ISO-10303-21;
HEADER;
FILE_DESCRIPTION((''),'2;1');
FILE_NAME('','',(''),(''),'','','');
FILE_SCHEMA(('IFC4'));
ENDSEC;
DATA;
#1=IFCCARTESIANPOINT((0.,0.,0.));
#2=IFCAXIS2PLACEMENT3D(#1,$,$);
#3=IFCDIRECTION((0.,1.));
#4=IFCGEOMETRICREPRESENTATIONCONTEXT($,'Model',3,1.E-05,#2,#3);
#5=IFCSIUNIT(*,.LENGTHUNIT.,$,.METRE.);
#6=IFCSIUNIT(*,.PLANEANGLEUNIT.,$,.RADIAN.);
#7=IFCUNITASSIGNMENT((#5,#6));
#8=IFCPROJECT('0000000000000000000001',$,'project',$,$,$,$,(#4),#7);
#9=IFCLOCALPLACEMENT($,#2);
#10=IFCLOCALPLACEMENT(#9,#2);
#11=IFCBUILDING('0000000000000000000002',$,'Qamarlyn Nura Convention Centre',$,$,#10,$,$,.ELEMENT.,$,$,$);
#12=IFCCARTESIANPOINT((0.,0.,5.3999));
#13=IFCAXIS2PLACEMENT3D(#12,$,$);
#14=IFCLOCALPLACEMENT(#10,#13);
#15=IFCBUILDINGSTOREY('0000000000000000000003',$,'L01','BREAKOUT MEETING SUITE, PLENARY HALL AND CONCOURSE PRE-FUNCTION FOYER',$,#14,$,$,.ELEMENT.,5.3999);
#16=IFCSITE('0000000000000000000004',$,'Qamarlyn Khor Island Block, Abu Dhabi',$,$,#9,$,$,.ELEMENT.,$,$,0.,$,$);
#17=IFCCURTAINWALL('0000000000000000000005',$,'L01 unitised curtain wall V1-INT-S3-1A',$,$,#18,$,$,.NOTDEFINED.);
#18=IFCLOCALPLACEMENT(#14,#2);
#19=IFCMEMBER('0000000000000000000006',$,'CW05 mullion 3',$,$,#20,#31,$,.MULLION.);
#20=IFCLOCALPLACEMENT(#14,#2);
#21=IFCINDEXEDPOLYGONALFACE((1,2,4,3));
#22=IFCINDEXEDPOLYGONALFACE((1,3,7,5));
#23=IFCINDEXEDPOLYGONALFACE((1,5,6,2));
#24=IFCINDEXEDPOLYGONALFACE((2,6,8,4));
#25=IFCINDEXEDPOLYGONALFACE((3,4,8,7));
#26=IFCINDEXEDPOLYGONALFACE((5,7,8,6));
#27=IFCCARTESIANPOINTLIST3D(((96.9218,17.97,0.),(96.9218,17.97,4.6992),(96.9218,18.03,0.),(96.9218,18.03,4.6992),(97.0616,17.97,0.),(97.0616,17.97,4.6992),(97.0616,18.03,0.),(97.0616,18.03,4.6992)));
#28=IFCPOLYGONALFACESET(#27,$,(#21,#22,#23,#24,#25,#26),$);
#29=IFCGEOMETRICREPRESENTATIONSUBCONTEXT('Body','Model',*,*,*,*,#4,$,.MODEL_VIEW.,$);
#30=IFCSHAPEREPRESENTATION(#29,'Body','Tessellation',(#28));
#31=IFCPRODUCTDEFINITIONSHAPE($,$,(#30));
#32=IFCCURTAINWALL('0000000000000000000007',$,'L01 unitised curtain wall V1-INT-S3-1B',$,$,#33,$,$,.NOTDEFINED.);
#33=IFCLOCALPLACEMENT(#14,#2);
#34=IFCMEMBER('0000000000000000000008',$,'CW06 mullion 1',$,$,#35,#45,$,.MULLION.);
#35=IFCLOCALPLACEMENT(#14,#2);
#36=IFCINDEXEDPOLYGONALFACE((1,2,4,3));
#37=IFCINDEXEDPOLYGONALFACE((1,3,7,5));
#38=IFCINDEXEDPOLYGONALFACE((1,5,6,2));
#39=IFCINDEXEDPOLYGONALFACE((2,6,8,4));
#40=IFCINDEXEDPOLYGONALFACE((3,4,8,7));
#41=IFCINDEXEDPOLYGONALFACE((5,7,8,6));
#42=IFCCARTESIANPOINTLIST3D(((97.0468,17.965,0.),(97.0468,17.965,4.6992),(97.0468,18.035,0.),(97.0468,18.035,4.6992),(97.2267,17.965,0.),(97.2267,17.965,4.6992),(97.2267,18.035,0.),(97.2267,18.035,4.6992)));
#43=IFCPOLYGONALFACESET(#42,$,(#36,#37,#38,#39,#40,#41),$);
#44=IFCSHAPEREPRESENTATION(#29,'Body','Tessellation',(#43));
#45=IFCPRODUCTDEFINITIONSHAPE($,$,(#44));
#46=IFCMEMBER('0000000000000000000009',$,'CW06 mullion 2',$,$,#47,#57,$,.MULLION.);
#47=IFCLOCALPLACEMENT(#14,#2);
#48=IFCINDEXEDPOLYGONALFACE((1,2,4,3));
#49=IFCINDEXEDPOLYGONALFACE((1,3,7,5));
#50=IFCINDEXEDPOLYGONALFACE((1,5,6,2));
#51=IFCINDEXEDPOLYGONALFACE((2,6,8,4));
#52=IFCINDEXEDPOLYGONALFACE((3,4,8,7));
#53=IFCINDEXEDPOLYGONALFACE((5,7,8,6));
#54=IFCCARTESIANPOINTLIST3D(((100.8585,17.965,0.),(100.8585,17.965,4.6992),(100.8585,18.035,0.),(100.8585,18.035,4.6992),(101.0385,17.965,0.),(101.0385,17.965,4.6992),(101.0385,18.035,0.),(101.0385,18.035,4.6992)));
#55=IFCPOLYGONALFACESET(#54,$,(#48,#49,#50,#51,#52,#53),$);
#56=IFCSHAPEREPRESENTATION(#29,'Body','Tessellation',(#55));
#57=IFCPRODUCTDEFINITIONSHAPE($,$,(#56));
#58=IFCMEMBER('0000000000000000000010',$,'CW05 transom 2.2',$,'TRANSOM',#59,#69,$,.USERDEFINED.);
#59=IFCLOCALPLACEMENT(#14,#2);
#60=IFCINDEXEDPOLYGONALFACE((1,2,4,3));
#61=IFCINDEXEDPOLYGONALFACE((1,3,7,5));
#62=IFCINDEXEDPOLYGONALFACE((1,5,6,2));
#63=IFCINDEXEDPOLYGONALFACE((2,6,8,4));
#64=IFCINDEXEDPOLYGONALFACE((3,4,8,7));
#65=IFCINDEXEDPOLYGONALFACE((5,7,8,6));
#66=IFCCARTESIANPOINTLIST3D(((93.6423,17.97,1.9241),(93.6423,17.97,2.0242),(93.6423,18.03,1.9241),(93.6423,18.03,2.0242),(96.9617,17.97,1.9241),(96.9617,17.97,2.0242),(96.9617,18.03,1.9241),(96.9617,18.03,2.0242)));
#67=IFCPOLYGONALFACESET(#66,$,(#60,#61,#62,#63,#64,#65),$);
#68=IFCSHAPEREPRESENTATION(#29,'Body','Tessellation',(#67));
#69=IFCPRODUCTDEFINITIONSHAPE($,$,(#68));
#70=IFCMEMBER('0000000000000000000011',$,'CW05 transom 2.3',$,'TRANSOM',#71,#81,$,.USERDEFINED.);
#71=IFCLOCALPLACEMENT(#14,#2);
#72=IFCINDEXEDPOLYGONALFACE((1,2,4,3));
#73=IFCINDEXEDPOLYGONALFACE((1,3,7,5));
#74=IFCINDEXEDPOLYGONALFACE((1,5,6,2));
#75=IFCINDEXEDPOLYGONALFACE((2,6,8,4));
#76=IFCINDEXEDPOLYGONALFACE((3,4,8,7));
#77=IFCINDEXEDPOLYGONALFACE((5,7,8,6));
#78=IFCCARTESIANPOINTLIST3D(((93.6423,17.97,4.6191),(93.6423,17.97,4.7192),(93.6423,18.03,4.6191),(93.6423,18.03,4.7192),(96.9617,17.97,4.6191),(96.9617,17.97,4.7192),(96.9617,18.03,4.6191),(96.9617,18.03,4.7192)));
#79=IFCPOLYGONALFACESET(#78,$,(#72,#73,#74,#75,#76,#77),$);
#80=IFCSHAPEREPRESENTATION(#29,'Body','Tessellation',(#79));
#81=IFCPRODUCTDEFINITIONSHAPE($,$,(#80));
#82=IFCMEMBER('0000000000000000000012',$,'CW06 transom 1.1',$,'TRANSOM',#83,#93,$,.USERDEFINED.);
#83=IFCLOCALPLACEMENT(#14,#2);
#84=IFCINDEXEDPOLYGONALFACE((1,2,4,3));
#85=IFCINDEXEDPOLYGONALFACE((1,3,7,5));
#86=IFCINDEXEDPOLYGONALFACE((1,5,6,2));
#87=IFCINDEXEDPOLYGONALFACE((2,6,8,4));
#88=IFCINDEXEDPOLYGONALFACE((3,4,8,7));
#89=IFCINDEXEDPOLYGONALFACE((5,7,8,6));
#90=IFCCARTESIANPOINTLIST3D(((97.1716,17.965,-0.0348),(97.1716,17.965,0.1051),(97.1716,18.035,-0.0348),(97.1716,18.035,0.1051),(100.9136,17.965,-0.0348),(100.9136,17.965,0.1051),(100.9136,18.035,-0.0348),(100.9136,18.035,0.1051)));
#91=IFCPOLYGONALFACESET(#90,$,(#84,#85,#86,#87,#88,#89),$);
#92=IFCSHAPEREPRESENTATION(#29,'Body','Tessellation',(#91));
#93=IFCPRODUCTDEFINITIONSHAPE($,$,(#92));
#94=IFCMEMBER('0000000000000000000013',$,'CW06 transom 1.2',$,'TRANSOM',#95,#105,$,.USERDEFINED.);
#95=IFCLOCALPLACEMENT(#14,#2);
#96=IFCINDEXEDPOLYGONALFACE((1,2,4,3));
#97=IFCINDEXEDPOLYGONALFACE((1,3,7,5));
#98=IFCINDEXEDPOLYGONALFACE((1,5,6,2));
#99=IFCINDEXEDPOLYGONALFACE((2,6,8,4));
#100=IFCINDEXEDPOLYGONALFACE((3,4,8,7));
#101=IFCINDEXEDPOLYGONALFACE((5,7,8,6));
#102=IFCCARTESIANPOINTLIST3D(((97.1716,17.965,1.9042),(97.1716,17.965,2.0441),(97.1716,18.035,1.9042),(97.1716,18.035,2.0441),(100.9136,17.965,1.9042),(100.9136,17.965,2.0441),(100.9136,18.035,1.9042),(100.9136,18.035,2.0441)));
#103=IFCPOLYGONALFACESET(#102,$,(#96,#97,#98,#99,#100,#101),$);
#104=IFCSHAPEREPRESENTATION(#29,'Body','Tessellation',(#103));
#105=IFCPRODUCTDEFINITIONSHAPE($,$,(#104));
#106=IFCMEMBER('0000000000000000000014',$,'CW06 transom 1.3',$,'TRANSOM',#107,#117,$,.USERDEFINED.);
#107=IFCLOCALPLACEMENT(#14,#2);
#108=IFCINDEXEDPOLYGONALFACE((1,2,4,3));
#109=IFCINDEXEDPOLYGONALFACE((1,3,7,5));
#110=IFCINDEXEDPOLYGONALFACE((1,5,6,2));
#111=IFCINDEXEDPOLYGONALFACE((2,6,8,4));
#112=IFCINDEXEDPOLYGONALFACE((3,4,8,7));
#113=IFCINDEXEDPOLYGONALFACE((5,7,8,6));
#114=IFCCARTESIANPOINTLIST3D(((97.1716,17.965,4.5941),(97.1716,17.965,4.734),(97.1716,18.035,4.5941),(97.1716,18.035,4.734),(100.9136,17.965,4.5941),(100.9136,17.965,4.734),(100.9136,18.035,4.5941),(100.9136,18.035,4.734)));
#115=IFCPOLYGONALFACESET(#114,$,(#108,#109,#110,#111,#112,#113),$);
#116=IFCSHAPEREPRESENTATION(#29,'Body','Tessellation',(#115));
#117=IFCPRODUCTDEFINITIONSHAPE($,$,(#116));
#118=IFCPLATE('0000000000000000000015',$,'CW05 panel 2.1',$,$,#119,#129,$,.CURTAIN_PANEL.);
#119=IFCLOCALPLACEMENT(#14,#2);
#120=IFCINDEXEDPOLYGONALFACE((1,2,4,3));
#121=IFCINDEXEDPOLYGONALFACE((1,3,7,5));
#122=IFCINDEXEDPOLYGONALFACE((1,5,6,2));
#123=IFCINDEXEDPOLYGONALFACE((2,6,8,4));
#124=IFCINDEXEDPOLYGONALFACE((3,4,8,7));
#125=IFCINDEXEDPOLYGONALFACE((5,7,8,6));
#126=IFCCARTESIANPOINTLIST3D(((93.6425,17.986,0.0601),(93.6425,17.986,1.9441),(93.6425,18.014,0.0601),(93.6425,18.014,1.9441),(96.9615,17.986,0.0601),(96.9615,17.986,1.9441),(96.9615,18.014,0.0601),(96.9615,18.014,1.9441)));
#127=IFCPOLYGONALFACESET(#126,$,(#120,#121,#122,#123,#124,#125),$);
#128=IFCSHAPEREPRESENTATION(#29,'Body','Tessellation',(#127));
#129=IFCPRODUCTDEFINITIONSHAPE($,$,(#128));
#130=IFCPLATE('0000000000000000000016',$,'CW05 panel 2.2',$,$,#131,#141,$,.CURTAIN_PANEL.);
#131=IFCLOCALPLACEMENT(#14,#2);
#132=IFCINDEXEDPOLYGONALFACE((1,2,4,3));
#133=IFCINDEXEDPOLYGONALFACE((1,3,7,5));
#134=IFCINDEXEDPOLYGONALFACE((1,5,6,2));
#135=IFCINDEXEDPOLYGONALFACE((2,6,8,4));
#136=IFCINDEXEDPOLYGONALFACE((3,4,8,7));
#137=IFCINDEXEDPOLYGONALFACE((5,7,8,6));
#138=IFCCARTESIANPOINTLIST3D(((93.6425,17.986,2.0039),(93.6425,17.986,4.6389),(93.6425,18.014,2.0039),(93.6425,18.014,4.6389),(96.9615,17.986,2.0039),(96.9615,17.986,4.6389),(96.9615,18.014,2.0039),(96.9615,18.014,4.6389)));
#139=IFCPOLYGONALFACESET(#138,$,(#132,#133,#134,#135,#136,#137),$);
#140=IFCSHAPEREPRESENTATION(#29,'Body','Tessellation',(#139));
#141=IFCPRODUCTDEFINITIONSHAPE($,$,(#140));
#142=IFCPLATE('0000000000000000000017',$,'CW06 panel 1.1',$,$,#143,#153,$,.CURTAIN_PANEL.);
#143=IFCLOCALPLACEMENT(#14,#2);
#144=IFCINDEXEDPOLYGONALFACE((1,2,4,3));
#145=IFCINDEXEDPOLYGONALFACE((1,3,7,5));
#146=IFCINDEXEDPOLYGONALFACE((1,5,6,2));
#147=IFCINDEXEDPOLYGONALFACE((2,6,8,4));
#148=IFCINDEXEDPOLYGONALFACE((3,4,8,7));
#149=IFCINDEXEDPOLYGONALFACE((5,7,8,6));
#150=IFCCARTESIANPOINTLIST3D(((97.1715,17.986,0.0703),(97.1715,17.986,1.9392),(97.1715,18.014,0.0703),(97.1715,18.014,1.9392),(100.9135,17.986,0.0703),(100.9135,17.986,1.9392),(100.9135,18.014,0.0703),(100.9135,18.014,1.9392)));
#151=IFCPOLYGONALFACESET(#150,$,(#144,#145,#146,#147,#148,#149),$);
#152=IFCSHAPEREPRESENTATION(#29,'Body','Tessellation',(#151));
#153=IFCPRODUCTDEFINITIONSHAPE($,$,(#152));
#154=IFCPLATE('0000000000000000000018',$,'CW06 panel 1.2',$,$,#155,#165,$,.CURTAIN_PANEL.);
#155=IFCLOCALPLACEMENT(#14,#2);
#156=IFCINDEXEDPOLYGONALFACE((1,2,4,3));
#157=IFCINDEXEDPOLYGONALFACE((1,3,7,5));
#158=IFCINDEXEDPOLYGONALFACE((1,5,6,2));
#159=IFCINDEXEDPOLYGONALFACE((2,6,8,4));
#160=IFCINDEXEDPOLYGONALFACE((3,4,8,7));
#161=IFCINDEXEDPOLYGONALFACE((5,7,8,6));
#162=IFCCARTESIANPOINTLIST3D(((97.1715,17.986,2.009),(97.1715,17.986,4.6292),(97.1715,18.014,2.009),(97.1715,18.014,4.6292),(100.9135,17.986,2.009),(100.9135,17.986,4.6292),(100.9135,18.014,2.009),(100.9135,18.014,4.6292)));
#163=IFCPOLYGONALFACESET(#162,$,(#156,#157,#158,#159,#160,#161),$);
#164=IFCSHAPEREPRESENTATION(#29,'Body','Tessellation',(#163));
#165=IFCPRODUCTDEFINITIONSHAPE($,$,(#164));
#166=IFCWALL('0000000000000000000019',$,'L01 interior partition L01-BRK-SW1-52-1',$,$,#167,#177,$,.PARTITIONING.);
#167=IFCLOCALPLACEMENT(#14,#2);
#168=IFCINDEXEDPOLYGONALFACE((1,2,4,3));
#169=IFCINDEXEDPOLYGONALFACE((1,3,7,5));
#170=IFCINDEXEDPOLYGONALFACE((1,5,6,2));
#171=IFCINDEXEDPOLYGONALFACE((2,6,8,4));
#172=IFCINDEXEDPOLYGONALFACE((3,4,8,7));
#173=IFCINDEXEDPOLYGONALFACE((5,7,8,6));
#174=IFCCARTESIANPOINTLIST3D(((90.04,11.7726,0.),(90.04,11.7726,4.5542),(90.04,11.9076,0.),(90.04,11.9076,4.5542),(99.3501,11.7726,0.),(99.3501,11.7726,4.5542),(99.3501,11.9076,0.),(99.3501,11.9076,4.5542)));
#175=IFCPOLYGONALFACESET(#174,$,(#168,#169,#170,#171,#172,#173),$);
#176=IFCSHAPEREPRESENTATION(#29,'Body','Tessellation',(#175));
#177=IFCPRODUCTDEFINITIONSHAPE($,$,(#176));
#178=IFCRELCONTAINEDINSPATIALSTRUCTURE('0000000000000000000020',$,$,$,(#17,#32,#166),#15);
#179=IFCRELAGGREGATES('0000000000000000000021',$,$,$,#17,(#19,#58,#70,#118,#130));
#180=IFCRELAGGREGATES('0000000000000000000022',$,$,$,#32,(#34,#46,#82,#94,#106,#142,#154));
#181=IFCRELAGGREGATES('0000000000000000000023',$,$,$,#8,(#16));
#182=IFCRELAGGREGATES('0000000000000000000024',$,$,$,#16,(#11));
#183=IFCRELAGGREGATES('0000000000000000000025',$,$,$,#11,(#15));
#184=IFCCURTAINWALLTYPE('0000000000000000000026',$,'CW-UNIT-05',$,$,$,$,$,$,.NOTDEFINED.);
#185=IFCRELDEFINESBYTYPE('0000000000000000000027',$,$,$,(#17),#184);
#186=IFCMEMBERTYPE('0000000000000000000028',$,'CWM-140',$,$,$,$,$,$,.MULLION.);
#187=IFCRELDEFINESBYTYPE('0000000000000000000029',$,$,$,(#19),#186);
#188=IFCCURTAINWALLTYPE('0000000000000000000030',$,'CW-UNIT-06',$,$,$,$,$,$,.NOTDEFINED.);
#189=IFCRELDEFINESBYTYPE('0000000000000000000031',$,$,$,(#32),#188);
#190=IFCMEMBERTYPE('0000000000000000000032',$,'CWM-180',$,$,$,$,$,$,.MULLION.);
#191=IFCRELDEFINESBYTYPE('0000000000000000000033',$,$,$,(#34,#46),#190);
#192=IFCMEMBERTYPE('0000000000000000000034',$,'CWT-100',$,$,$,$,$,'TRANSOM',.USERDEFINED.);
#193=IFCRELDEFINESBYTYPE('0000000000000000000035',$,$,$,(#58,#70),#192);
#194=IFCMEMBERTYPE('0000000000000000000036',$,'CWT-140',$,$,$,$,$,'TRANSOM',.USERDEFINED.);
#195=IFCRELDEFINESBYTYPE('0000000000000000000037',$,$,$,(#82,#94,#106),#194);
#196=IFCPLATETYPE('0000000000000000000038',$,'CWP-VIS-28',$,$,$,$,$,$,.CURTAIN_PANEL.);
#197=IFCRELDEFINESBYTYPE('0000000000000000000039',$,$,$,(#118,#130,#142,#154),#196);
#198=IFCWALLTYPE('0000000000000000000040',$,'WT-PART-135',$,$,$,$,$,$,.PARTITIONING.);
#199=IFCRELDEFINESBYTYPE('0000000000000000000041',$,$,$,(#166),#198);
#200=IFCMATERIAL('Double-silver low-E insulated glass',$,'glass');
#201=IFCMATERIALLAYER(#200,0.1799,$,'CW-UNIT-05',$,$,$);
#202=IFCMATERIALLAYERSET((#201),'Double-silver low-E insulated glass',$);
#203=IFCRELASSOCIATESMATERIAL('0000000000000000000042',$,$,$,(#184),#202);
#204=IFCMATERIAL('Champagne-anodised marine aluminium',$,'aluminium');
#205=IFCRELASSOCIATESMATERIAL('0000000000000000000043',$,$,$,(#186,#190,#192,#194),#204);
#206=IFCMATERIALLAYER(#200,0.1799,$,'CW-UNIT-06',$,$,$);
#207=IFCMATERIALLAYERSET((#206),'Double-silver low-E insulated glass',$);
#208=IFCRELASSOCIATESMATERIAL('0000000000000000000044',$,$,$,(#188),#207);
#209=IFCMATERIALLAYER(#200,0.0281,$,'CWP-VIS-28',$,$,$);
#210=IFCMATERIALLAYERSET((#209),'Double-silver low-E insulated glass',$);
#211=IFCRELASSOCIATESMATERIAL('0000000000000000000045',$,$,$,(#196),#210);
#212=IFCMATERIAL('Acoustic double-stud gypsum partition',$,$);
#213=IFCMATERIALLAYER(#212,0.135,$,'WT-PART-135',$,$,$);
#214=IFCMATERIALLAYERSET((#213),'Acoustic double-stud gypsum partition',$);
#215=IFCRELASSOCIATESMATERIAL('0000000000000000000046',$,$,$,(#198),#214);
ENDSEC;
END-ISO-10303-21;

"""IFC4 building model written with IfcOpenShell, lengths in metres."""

from ifc_helpers import new_model, si_unit, direction, frame, frame_2d, origin, origin_2d, place, context, subcontext, project, spatial, rectangle, extrude, material, layer, layer_set, material_profile, profile_set, type_object, element, aggregate, save


model = new_model("IFC4")

# Units and contexts
model_context = context("Model", 3, precision=1e-05, world=origin(), true_north=direction((0.0, 1.0)))
body_context = subcontext(model_context, "Body", "Model", "MODEL_VIEW")
ifc_project = project(units=[si_unit("LENGTHUNIT", "METRE"), si_unit("PLANEANGLEUNIT", "RADIAN")], contexts=[model_context])

# Site, building, storey
site_placement = place(None, origin())
site = spatial("IfcSite", under=ifc_project, at=site_placement, Name="Qamarlyn Khor Island Block, Abu Dhabi", CompositionType="ELEMENT", RefElevation=0.0)
building_placement = place(site_placement, origin())
building = spatial("IfcBuilding", under=site, at=building_placement, Name="Qamarlyn Nura Convention Centre", CompositionType="ELEMENT")
storey_placement = place(building_placement, frame((0.0, 0.0, 5.3999)))
storey = spatial("IfcBuildingStorey", under=building, at=storey_placement, Name="L01", Description="BREAKOUT MEETING SUITE, PLENARY HALL AND CONCOURSE PRE-FUNCTION FOYER", CompositionType="ELEMENT", Elevation=5.3999)

# Curtain wall, member
ifc_material_1 = material(Name="Double-silver low-E insulated glass", Category="glass")
ifc_layer_1 = layer(ifc_material_1, 0.1799, Name="CW-UNIT-05")
ifc_layer_set_1 = layer_set([ifc_layer_1], Name="Double-silver low-E insulated glass")
curtain_wall_type_1 = type_object("IfcCurtainWallType", Name="CW-UNIT-05", PredefinedType="NOTDEFINED", material=ifc_layer_set_1)
curtain_wall_1_placement = place(storey_placement, origin())
curtain_wall_1 = element("IfcCurtainWall", 1, at=curtain_wall_1_placement, inside=storey, type_object=curtain_wall_type_1, Name="L01 unitised curtain wall V1-INT-S3-1A", PredefinedType="NOTDEFINED")
ifc_material_2 = material(Name="Champagne-anodised marine aluminium", Category="aluminium")
ifc_material_profile_1 = material_profile(ifc_material_2, rectangle(XDim=0.0601, YDim=0.1399, at=origin_2d()), Name="ALU MULLION 60x140")
ifc_profile_set_1 = profile_set([ifc_material_profile_1], Name="Champagne-anodised marine aluminium")
member_type_1 = type_object("IfcMemberType", Name="CWM-140", PredefinedType="MULLION", material=ifc_profile_set_1)
member_1_placement = place(storey_placement, frame((96.9917, 18.0, 0.0), z_axis=(0.0, 0.0, 1.0), x_axis=(0.0, 1.0, 0.0)))
member_1 = element("IfcMember", 2, at=member_1_placement, type_object=member_type_1, Name="CW05 mullion 3", PredefinedType="MULLION", context=body_context, shape_type="SweptSolid", body=[
    extrude(rectangle(XDim=0.0601, YDim=0.1399, at=origin_2d()), origin(), (0.0, 0.0, 1.0), 4.6992),
])

# Curtain wall, members
ifc_layer_2 = layer(ifc_material_1, 0.1799, Name="CW-UNIT-06")
ifc_layer_set_2 = layer_set([ifc_layer_2], Name="Double-silver low-E insulated glass")
curtain_wall_type_2 = type_object("IfcCurtainWallType", Name="CW-UNIT-06", PredefinedType="NOTDEFINED", material=ifc_layer_set_2)
curtain_wall_2_placement = place(storey_placement, origin())
curtain_wall_2 = element("IfcCurtainWall", 3, at=curtain_wall_2_placement, inside=storey, type_object=curtain_wall_type_2, Name="L01 unitised curtain wall V1-INT-S3-1B", PredefinedType="NOTDEFINED")
ifc_material_profile_2 = material_profile(ifc_material_2, rectangle(XDim=0.0701, YDim=0.1799, at=origin_2d()), Name="ALU MULLION 70x180")
ifc_profile_set_2 = profile_set([ifc_material_profile_2], Name="Champagne-anodised marine aluminium")
member_type_2 = type_object("IfcMemberType", Name="CWM-180", PredefinedType="MULLION", material=ifc_profile_set_2)
member_2_placement = place(storey_placement, frame((97.1367, 18.0, 0.0), z_axis=(0.0, 0.0, 1.0), x_axis=(0.0, 1.0, 0.0)))
member_2 = element("IfcMember", 4, at=member_2_placement, type_object=member_type_2, Name="CW06 mullion 1", PredefinedType="MULLION", context=body_context, shape_type="SweptSolid", body=[
    extrude(rectangle(XDim=0.0701, YDim=0.1799, at=origin_2d()), origin(), (0.0, 0.0, 1.0), 4.6992),
])
member_3_placement = place(storey_placement, frame((100.9485, 18.0, 0.0), z_axis=(0.0, 0.0, 1.0), x_axis=(0.0, 1.0, 0.0)))
member_3 = element("IfcMember", 5, at=member_3_placement, type_object=member_type_2, Name="CW06 mullion 2", PredefinedType="MULLION", context=body_context, shape_type="SweptSolid", body=[
    extrude(rectangle(XDim=0.0701, YDim=0.1799, at=origin_2d()), origin(), (0.0, 0.0, 1.0), 4.6992),
])

# Members
ifc_material_profile_3 = material_profile(ifc_material_2, rectangle(XDim=0.0601, YDim=0.1001, at=origin_2d()), Name="ALU TRANSOM 60x100")
ifc_profile_set_3 = profile_set([ifc_material_profile_3], Name="Champagne-anodised marine aluminium")
member_type_3 = type_object("IfcMemberType", Name="CWT-100", ElementType="TRANSOM", PredefinedType="USERDEFINED", material=ifc_profile_set_3)
member_4_placement = place(storey_placement, frame((93.6423, 18.0, 1.9741), z_axis=(1.0, 0.0, 0.0), x_axis=(0.0, 1.0, 0.0)))
member_4 = element("IfcMember", 6, at=member_4_placement, type_object=member_type_3, Name="CW05 transom 2.2", ObjectType="TRANSOM", PredefinedType="USERDEFINED", context=body_context, shape_type="SweptSolid", body=[
    extrude(rectangle(XDim=0.0601, YDim=0.1001, at=origin_2d()), origin(), (0.0, 0.0, 1.0), 3.3193),
])
member_5_placement = place(storey_placement, frame((93.6423, 18.0, 4.6692), z_axis=(1.0, 0.0, 0.0), x_axis=(0.0, 1.0, 0.0)))
member_5 = element("IfcMember", 7, at=member_5_placement, type_object=member_type_3, Name="CW05 transom 2.3", ObjectType="TRANSOM", PredefinedType="USERDEFINED", context=body_context, shape_type="SweptSolid", body=[
    extrude(rectangle(XDim=0.0601, YDim=0.1001, at=origin_2d()), origin(), (0.0, 0.0, 1.0), 3.3193),
])
ifc_material_profile_4 = material_profile(ifc_material_2, rectangle(XDim=0.0701, YDim=0.1399, at=origin_2d()), Name="ALU TRANSOM 70x140")
ifc_profile_set_4 = profile_set([ifc_material_profile_4], Name="Champagne-anodised marine aluminium")
member_type_4 = type_object("IfcMemberType", Name="CWT-140", ElementType="TRANSOM", PredefinedType="USERDEFINED", material=ifc_profile_set_4)
member_6_placement = place(storey_placement, frame((97.1716, 18.0, 0.0352), z_axis=(1.0, 0.0, 0.0), x_axis=(0.0, 1.0, 0.0)))
member_6 = element("IfcMember", 8, at=member_6_placement, type_object=member_type_4, Name="CW06 transom 1.1", ObjectType="TRANSOM", PredefinedType="USERDEFINED", context=body_context, shape_type="SweptSolid", body=[
    extrude(rectangle(XDim=0.0701, YDim=0.1399, at=origin_2d()), origin(), (0.0, 0.0, 1.0), 3.7419),
])
member_7_placement = place(storey_placement, frame((97.1716, 18.0, 1.9741), z_axis=(1.0, 0.0, 0.0), x_axis=(0.0, 1.0, 0.0)))
member_7 = element("IfcMember", 9, at=member_7_placement, type_object=member_type_4, Name="CW06 transom 1.2", ObjectType="TRANSOM", PredefinedType="USERDEFINED", context=body_context, shape_type="SweptSolid", body=[
    extrude(rectangle(XDim=0.0701, YDim=0.1399, at=origin_2d()), origin(), (0.0, 0.0, 1.0), 3.7419),
])
member_8_placement = place(storey_placement, frame((97.1716, 18.0, 4.6641), z_axis=(1.0, 0.0, 0.0), x_axis=(0.0, 1.0, 0.0)))
member_8 = element("IfcMember", 10, at=member_8_placement, type_object=member_type_4, Name="CW06 transom 1.3", ObjectType="TRANSOM", PredefinedType="USERDEFINED", context=body_context, shape_type="SweptSolid", body=[
    extrude(rectangle(XDim=0.0701, YDim=0.1399, at=origin_2d()), origin(), (0.0, 0.0, 1.0), 3.7419),
])

# Plates
ifc_layer_3 = layer(ifc_material_1, 0.0281, Name="CWP-VIS-28")
ifc_layer_set_3 = layer_set([ifc_layer_3], Name="Double-silver low-E insulated glass")
plate_type = type_object("IfcPlateType", Name="CWP-VIS-28", PredefinedType="CURTAIN_PANEL", material=ifc_layer_set_3)
plate_1_placement = place(storey_placement, frame((95.302, 18.0, 0.0601), z_axis=(0.0, 0.0, 1.0), x_axis=(1.0, 0.0, 0.0)))
plate_1 = element("IfcPlate", 11, at=plate_1_placement, type_object=plate_type, Name="CW05 panel 2.1", PredefinedType="CURTAIN_PANEL", context=body_context, shape_type="SweptSolid", body=[
    extrude(rectangle(XDim=3.3191, YDim=0.0281, at=origin_2d()), origin(), (0.0, 0.0, 1.0), 1.884),
])
plate_2_placement = place(storey_placement, frame((95.302, 18.0, 2.0039), z_axis=(0.0, 0.0, 1.0), x_axis=(1.0, 0.0, 0.0)))
plate_2 = element("IfcPlate", 12, at=plate_2_placement, type_object=plate_type, Name="CW05 panel 2.2", PredefinedType="CURTAIN_PANEL", context=body_context, shape_type="SweptSolid", body=[
    extrude(rectangle(XDim=3.3191, YDim=0.0281, at=origin_2d()), origin(), (0.0, 0.0, 1.0), 2.635),
])
aggregate(curtain_wall_1, [member_1, member_4, member_5, plate_1, plate_2])
plate_3_placement = place(storey_placement, frame((99.0425, 18.0, 0.0703), z_axis=(0.0, 0.0, 1.0), x_axis=(1.0, 0.0, 0.0)))
plate_3 = element("IfcPlate", 13, at=plate_3_placement, type_object=plate_type, Name="CW06 panel 1.1", PredefinedType="CURTAIN_PANEL", context=body_context, shape_type="SweptSolid", body=[
    extrude(rectangle(XDim=3.7419, YDim=0.0281, at=origin_2d()), origin(), (0.0, 0.0, 1.0), 1.8689),
])
plate_4_placement = place(storey_placement, frame((99.0425, 18.0, 2.009), z_axis=(0.0, 0.0, 1.0), x_axis=(1.0, 0.0, 0.0)))
plate_4 = element("IfcPlate", 14, at=plate_4_placement, type_object=plate_type, Name="CW06 panel 1.2", PredefinedType="CURTAIN_PANEL", context=body_context, shape_type="SweptSolid", body=[
    extrude(rectangle(XDim=3.7419, YDim=0.0281, at=origin_2d()), origin(), (0.0, 0.0, 1.0), 2.6201),
])
aggregate(curtain_wall_2, [member_2, member_3, member_6, member_7, member_8, plate_3, plate_4])

# Wall
ifc_material_3 = material(Name="Acoustic double-stud gypsum partition")
ifc_layer_4 = layer(ifc_material_3, 0.135, Name="WT-PART-135")
ifc_layer_set_4 = layer_set([ifc_layer_4], Name="Acoustic double-stud gypsum partition")
wall_type_1 = type_object("IfcWallType", Name="WT-PART-135", PredefinedType="PARTITIONING", material=ifc_layer_set_4)
wall_1_placement = place(storey_placement, frame((99.3501, 11.8401, 0.0), z_axis=(0.0, 0.0, 1.0), x_axis=(-1.0, 0.0, 0.0)))
element("IfcWall", 15, at=wall_1_placement, inside=storey, type_object=wall_type_1, Name="L01 interior partition L01-BRK-SW1-52-1", PredefinedType="PARTITIONING", context=body_context, shape_type="SweptSolid", body=[
    extrude(rectangle(XDim=9.3101, YDim=0.135, at=frame_2d((4.655, 0.0))), origin(), (0.0, 0.0, 1.0), 4.5542),
])

save(model, "model.ifc")
